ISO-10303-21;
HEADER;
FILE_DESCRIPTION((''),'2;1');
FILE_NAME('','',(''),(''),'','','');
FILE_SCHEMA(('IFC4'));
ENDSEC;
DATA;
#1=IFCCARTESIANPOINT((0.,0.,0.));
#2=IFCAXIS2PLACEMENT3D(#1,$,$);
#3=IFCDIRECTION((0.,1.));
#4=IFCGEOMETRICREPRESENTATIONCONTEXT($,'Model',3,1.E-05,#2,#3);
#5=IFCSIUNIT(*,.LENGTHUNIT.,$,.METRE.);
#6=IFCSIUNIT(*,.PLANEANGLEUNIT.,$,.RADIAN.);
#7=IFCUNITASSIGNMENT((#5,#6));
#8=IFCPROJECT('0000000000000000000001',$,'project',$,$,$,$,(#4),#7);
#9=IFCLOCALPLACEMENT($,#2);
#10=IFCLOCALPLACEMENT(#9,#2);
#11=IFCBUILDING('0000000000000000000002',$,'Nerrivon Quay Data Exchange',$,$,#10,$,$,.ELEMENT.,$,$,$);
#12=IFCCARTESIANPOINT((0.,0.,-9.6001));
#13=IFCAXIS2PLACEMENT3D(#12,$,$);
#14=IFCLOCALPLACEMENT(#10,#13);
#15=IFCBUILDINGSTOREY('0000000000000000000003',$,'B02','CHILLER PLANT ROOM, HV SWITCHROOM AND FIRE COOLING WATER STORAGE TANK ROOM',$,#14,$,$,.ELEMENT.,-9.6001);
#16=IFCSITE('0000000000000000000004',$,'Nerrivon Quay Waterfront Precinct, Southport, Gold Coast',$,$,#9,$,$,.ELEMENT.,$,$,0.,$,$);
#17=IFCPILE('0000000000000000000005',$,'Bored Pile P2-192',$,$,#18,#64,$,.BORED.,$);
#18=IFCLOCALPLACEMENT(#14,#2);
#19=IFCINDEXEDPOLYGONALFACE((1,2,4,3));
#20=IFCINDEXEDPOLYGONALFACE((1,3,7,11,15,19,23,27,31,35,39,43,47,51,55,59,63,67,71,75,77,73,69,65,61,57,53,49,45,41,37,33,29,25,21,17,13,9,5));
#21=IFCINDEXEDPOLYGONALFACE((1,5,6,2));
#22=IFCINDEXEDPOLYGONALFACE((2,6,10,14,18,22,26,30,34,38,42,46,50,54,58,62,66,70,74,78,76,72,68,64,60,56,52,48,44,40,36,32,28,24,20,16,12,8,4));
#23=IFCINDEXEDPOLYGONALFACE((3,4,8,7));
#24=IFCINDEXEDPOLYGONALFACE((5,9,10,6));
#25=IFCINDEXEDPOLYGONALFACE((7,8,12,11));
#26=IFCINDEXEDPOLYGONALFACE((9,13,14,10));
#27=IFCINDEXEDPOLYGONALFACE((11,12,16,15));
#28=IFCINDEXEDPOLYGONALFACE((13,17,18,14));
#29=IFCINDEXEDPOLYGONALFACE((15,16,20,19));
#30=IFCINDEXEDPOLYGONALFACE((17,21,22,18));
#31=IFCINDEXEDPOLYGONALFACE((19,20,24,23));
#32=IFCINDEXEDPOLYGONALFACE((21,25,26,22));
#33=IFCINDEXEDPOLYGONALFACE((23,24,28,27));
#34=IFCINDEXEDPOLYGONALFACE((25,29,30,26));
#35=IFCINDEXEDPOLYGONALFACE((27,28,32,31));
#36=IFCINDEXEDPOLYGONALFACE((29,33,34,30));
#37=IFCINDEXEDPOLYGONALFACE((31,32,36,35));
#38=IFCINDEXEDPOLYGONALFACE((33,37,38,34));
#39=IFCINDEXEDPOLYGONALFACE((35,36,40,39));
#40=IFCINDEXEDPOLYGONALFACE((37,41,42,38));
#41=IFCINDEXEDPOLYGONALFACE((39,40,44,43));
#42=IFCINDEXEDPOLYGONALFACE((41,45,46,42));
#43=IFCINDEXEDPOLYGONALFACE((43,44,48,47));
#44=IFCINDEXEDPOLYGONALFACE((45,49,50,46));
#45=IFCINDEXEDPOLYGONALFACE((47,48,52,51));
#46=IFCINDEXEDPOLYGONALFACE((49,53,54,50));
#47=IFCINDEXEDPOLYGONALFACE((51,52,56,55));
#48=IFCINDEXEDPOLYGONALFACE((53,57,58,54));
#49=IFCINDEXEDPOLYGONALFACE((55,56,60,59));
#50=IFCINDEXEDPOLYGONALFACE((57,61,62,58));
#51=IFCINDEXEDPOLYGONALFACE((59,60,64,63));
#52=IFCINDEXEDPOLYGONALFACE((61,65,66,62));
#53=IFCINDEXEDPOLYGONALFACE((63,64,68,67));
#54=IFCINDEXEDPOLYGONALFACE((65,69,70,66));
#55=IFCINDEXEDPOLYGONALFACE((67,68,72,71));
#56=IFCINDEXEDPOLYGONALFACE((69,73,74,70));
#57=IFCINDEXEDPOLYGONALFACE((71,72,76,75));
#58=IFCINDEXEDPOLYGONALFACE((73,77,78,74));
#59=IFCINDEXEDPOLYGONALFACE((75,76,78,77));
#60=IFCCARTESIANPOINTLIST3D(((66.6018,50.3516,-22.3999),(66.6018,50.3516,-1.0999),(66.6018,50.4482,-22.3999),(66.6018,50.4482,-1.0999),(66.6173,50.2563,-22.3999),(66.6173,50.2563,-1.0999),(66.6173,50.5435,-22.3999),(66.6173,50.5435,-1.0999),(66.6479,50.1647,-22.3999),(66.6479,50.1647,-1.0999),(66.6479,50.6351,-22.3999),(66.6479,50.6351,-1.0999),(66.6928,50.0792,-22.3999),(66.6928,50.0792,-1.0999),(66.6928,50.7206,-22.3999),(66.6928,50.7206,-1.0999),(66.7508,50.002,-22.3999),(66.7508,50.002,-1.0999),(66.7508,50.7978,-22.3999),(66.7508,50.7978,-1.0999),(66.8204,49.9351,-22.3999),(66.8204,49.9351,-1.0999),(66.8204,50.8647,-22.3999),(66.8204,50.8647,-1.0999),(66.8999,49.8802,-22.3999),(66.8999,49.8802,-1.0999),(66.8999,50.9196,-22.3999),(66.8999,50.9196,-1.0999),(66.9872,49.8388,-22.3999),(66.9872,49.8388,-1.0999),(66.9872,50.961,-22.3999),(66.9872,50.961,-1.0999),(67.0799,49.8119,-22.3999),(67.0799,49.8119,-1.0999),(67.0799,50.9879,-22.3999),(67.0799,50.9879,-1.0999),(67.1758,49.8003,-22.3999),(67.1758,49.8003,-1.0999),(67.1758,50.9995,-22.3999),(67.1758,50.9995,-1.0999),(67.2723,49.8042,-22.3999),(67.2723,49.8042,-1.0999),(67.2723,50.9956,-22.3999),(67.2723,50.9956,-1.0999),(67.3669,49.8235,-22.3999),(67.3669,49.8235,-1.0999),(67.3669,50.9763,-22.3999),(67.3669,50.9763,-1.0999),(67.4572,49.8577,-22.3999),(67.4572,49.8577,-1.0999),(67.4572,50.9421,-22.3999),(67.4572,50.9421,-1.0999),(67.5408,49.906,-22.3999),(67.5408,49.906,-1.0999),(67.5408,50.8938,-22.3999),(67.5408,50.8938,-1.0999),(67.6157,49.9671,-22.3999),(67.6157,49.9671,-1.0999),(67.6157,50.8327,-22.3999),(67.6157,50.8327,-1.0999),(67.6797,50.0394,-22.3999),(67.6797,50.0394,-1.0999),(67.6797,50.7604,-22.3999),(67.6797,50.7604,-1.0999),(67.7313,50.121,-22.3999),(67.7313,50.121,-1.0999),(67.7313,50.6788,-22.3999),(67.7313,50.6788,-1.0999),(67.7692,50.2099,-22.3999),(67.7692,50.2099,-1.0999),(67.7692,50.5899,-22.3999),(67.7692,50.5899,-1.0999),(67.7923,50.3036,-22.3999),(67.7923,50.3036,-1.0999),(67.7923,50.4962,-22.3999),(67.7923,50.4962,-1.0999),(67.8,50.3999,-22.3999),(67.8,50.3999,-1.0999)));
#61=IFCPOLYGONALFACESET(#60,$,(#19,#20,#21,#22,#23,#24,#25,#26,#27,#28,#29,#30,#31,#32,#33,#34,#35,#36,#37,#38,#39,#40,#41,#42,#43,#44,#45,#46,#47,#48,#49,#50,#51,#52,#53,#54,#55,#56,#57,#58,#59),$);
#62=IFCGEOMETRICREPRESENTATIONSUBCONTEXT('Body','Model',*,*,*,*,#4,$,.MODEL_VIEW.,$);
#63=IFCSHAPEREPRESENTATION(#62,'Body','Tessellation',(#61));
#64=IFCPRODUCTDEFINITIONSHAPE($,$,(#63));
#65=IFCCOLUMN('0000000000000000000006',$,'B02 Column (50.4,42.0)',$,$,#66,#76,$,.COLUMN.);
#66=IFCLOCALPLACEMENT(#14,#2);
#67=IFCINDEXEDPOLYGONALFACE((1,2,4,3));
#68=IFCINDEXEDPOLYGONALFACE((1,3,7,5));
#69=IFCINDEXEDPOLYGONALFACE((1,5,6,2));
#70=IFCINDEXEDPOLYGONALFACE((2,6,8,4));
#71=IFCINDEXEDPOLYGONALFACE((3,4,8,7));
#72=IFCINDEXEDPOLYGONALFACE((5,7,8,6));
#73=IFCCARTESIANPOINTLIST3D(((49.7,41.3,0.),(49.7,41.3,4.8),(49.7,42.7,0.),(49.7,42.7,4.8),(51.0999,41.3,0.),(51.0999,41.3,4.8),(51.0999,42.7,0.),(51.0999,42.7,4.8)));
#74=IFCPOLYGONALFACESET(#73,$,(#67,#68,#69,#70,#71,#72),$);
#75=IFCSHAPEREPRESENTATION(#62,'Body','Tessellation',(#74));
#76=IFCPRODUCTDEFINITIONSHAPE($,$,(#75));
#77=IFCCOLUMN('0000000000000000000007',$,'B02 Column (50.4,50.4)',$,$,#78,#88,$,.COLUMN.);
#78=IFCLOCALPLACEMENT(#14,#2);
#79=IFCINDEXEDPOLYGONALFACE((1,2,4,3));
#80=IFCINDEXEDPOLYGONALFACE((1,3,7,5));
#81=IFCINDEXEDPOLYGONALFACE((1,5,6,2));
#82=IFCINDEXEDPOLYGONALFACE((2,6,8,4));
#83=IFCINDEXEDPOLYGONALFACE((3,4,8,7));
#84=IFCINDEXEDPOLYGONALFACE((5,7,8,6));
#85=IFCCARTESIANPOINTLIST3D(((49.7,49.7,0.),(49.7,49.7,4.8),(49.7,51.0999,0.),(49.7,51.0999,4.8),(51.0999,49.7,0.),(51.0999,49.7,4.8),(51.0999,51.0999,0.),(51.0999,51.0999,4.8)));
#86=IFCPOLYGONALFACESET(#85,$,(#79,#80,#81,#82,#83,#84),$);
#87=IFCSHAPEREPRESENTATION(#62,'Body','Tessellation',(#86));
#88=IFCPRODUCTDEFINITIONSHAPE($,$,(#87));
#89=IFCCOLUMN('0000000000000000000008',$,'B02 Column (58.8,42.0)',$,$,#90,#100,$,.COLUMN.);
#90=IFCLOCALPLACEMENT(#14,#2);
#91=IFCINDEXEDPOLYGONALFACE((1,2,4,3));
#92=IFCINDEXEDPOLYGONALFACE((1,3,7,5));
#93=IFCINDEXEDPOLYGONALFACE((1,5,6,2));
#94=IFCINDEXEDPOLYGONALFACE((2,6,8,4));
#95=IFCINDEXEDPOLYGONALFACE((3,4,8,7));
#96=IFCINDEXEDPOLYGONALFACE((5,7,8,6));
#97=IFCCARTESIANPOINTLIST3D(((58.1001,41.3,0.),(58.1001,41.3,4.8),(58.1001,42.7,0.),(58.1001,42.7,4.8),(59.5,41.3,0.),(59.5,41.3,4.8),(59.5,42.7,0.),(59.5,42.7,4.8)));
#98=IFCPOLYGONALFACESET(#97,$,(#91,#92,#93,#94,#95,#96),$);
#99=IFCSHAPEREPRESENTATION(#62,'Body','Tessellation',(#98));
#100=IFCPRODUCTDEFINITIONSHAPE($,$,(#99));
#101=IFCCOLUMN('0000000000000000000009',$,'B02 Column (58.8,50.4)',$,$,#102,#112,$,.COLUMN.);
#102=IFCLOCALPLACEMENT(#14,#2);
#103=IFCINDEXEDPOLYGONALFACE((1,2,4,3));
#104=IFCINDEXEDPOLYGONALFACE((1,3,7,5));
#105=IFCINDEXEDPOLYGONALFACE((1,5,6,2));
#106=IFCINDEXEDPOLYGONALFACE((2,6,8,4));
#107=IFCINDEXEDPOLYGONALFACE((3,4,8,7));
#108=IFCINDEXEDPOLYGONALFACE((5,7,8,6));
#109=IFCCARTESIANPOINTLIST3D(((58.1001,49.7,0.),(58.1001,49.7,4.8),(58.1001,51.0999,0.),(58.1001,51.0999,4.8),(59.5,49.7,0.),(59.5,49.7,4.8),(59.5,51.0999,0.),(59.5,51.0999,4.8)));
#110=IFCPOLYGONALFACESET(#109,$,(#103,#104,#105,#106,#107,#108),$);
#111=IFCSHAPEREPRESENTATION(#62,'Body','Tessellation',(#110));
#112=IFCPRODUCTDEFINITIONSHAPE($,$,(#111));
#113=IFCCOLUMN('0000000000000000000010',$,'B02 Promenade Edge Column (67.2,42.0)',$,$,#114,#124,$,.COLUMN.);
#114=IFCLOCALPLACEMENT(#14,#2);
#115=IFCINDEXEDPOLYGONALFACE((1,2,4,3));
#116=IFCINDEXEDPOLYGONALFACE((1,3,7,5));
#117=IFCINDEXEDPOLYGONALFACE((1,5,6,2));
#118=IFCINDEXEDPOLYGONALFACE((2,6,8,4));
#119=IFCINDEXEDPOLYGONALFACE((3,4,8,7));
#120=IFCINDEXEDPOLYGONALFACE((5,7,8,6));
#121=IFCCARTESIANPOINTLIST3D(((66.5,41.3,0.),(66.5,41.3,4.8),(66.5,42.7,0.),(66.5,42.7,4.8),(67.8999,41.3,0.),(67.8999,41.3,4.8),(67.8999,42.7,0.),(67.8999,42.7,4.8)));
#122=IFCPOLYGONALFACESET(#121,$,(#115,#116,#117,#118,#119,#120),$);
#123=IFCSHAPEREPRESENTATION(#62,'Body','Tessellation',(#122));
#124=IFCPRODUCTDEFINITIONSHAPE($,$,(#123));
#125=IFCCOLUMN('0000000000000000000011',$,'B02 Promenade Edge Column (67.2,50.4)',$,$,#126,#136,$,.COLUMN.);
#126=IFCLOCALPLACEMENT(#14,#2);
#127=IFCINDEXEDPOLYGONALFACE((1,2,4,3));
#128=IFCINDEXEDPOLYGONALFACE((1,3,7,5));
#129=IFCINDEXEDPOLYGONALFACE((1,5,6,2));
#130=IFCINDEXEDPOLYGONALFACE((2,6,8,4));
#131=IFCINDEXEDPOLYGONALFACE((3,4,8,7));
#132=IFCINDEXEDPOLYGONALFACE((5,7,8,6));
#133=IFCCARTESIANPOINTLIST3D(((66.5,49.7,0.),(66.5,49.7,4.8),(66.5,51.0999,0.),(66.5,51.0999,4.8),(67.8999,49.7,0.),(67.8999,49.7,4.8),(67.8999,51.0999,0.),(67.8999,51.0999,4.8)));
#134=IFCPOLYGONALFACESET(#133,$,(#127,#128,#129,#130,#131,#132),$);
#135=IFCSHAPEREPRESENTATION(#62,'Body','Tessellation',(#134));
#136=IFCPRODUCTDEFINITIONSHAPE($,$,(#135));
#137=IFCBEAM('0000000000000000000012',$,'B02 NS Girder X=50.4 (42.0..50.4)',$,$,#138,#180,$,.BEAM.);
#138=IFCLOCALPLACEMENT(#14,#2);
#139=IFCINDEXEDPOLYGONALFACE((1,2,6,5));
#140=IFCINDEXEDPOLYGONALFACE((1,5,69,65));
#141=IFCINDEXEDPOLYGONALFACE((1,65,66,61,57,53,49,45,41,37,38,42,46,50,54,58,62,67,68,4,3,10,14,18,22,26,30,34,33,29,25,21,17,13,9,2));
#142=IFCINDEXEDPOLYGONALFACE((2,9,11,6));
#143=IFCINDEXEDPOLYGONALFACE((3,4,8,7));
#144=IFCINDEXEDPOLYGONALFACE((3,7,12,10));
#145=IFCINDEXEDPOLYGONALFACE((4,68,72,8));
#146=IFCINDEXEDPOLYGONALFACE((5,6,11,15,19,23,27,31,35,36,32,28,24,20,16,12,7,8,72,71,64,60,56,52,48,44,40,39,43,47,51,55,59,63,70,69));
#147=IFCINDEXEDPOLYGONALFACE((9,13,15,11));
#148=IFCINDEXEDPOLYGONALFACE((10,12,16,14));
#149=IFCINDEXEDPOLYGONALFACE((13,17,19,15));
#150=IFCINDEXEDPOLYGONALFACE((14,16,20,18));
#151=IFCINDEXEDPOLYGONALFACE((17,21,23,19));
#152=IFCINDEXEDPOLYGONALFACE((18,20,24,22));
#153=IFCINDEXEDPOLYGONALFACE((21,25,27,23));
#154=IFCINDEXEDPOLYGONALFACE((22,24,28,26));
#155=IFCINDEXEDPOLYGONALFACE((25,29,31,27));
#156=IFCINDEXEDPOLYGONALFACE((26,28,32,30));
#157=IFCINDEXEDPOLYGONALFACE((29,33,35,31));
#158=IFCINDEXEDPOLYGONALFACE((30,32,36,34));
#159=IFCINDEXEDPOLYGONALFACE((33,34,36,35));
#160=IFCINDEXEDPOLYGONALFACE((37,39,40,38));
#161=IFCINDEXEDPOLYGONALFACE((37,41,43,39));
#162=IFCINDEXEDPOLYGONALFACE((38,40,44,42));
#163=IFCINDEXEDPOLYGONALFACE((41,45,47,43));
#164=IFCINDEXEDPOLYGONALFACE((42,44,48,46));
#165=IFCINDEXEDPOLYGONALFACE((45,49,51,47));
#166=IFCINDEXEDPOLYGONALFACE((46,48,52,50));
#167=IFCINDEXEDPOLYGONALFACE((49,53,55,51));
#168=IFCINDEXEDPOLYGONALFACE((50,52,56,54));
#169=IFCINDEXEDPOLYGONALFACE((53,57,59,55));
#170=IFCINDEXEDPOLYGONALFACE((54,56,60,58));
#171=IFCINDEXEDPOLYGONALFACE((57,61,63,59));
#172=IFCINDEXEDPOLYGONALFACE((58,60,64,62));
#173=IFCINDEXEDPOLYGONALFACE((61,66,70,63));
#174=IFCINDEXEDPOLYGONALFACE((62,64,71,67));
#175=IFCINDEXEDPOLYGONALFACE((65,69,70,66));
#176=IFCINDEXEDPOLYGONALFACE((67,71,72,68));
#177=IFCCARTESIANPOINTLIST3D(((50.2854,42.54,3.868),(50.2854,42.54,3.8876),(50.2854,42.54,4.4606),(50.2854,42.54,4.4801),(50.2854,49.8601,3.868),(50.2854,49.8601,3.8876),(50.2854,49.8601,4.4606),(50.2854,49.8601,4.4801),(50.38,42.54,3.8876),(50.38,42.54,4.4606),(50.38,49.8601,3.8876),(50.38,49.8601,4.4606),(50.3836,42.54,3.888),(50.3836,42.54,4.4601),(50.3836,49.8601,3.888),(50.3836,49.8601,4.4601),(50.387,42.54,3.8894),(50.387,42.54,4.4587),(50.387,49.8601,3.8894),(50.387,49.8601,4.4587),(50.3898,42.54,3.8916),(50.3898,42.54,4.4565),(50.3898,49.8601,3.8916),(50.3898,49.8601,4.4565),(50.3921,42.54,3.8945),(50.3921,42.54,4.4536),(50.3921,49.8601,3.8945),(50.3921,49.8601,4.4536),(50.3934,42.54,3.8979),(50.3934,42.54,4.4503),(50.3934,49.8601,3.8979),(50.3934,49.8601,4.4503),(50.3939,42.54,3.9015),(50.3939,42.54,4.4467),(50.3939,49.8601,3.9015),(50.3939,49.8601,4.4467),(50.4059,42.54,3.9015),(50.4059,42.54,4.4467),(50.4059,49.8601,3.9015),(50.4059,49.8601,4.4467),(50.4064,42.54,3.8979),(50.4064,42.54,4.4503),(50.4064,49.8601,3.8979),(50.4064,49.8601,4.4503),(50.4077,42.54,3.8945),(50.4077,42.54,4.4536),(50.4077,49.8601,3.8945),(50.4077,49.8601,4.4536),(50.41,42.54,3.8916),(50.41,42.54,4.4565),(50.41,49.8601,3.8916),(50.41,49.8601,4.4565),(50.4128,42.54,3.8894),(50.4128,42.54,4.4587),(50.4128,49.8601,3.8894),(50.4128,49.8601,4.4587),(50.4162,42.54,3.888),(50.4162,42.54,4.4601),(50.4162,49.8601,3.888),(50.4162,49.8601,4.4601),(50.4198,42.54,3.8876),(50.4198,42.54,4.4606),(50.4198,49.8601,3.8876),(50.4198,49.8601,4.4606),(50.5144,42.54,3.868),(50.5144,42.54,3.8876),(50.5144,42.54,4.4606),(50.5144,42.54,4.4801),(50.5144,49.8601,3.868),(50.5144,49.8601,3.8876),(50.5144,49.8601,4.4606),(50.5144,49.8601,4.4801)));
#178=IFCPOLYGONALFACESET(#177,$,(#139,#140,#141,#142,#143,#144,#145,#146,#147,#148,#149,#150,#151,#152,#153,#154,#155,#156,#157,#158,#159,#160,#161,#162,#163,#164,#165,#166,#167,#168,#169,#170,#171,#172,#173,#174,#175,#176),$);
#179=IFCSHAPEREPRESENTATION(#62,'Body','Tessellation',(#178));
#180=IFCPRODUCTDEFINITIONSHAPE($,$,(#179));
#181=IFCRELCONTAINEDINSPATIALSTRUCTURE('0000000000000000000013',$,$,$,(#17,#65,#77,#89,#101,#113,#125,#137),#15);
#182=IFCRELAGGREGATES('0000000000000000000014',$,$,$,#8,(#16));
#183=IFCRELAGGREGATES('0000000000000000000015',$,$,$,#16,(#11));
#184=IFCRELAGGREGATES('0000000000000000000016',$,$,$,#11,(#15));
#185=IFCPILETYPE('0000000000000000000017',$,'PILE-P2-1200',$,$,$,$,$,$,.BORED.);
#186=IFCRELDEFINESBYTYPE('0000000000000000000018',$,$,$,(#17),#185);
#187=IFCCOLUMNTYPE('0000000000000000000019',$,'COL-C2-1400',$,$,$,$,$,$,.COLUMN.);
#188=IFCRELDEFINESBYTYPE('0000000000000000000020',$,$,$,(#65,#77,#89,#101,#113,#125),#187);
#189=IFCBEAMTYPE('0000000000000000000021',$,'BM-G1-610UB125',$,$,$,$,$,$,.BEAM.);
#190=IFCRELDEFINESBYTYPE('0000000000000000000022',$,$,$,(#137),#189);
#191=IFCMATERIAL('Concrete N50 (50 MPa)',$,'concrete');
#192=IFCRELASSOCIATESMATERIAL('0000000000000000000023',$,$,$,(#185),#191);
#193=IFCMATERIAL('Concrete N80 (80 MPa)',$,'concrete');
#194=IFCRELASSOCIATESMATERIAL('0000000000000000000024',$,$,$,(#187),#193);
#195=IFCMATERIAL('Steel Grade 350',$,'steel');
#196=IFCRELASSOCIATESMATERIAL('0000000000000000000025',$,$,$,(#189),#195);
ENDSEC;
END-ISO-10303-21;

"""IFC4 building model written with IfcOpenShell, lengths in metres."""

from ifc_helpers import new_model, si_unit, direction, frame, origin, origin_2d, place, context, subcontext, project, spatial, rectangle, circle, i_section, extrude, material, material_profile, profile_set, type_object, element, save


model = new_model("IFC4")

# Units and contexts
model_context = context("Model", 3, precision=1e-05, world=origin(), true_north=direction((0.0, 1.0)))
body_context = subcontext(model_context, "Body", "Model", "MODEL_VIEW")
ifc_project = project(units=[si_unit("LENGTHUNIT", "METRE"), si_unit("PLANEANGLEUNIT", "RADIAN")], contexts=[model_context])

# Site, building, storey
site_placement = place(None, origin())
site = spatial("IfcSite", under=ifc_project, at=site_placement, Name="Nerrivon Quay Waterfront Precinct, Southport, Gold Coast", CompositionType="ELEMENT", RefElevation=0.0)
building_placement = place(site_placement, origin())
building = spatial("IfcBuilding", under=site, at=building_placement, Name="Nerrivon Quay Data Exchange", CompositionType="ELEMENT")
storey_placement = place(building_placement, frame((0.0, 0.0, -9.6001)))
storey = spatial("IfcBuildingStorey", under=building, at=storey_placement, Name="B02", Description="CHILLER PLANT ROOM, HV SWITCHROOM AND FIRE COOLING WATER STORAGE TANK ROOM", CompositionType="ELEMENT", Elevation=-9.6001)

# Pile
ifc_material_1 = material(Name="Concrete N50 (50 MPa)", Category="concrete")
ifc_material_profile_1 = material_profile(ifc_material_1, circle(Radius=0.6001, at=origin_2d()), Name="PILE-1200")
ifc_profile_set_1 = profile_set([ifc_material_profile_1], Name="Concrete N50 (50 MPa)")
pile_type = type_object("IfcPileType", Name="PILE-P2-1200", PredefinedType="BORED", material=ifc_profile_set_1)
for number, where, z_axis, x_axis, name in (
    (1, (67.2, 50.3999, -1.0999), (0.0, 0.0, -1.0), (1.0, 0.0, 0.0), "Bored Pile P2-192"),
):
    element("IfcPile", number, at=place(storey_placement, frame(where, z_axis=z_axis, x_axis=x_axis)), inside=storey, type_object=pile_type, Name=name, PredefinedType="BORED", context=body_context, shape_type="SweptSolid", body=[
        extrude(circle(Radius=0.6001, at=origin_2d()), origin(), (0.0, 0.0, 1.0), 21.3),
    ])

# Columns
ifc_material_2 = material(Name="Concrete N80 (80 MPa)", Category="concrete")
ifc_material_profile_2 = material_profile(ifc_material_2, rectangle(XDim=1.3999, YDim=1.3999, at=origin_2d()), Name="RC-COL-1400x1400")
ifc_profile_set_2 = profile_set([ifc_material_profile_2], Name="Concrete N80 (80 MPa)")
column_type = type_object("IfcColumnType", Name="COL-C2-1400", PredefinedType="COLUMN", material=ifc_profile_set_2)
for number, where, z_axis, x_axis, name in (
    (2, (50.3999, 42.0, 0.0), (0.0, 0.0, 1.0), (1.0, 0.0, 0.0), "B02 Column (50.4,42.0)"),
    (3, (50.3999, 50.3999, 0.0), (0.0, 0.0, 1.0), (1.0, 0.0, 0.0), "B02 Column (50.4,50.4)"),
    (4, (58.8, 42.0, 0.0), (0.0, 0.0, 1.0), (1.0, 0.0, 0.0), "B02 Column (58.8,42.0)"),
    (5, (58.8, 50.3999, 0.0), (0.0, 0.0, 1.0), (1.0, 0.0, 0.0), "B02 Column (58.8,50.4)"),
    (6, (67.2, 42.0, 0.0), (0.0, 0.0, 1.0), (1.0, 0.0, 0.0), "B02 Promenade Edge Column (67.2,42.0)"),
    (7, (67.2, 50.3999, 0.0), (0.0, 0.0, 1.0), (1.0, 0.0, 0.0), "B02 Promenade Edge Column (67.2,50.4)"),
):
    element("IfcColumn", number, at=place(storey_placement, frame(where, z_axis=z_axis, x_axis=x_axis)), inside=storey, type_object=column_type, Name=name, PredefinedType="COLUMN", context=body_context, shape_type="SweptSolid", body=[
        extrude(rectangle(XDim=1.3999, YDim=1.3999, at=origin_2d()), origin(), (0.0, 0.0, 1.0), 4.8),
    ])

# Beam
ifc_material_3 = material(Name="Steel Grade 350", Category="steel")
ifc_material_profile_3 = material_profile(ifc_material_3, i_section(OverallWidth=0.229, OverallDepth=0.6121, WebThickness=0.012, FlangeThickness=0.0195, FilletRadius=0.0139, at=origin_2d()), Name="610UB125")
ifc_profile_set_3 = profile_set([ifc_material_profile_3], Name="Steel Grade 350")
beam_type_1 = type_object("IfcBeamType", Name="BM-G1-610UB125", PredefinedType="BEAM", material=ifc_profile_set_3)
for number, where, z_axis, x_axis, name in (
    (8, (50.3999, 42.54, 4.1741), (0.0, 1.0, 0.0), (-1.0, 0.0, 0.0), "B02 NS Girder X=50.4 (42.0..50.4)"),
):
    element("IfcBeam", number, at=place(storey_placement, frame(where, z_axis=z_axis, x_axis=x_axis)), inside=storey, type_object=beam_type_1, Name=name, PredefinedType="BEAM", context=body_context, shape_type="SweptSolid", body=[
        extrude(i_section(OverallWidth=0.229, OverallDepth=0.6121, WebThickness=0.012, FlangeThickness=0.0195, FilletRadius=0.0139, at=origin_2d()), origin(), (0.0, 0.0, 1.0), 7.3201),
    ])

save(model, "model.ifc")
